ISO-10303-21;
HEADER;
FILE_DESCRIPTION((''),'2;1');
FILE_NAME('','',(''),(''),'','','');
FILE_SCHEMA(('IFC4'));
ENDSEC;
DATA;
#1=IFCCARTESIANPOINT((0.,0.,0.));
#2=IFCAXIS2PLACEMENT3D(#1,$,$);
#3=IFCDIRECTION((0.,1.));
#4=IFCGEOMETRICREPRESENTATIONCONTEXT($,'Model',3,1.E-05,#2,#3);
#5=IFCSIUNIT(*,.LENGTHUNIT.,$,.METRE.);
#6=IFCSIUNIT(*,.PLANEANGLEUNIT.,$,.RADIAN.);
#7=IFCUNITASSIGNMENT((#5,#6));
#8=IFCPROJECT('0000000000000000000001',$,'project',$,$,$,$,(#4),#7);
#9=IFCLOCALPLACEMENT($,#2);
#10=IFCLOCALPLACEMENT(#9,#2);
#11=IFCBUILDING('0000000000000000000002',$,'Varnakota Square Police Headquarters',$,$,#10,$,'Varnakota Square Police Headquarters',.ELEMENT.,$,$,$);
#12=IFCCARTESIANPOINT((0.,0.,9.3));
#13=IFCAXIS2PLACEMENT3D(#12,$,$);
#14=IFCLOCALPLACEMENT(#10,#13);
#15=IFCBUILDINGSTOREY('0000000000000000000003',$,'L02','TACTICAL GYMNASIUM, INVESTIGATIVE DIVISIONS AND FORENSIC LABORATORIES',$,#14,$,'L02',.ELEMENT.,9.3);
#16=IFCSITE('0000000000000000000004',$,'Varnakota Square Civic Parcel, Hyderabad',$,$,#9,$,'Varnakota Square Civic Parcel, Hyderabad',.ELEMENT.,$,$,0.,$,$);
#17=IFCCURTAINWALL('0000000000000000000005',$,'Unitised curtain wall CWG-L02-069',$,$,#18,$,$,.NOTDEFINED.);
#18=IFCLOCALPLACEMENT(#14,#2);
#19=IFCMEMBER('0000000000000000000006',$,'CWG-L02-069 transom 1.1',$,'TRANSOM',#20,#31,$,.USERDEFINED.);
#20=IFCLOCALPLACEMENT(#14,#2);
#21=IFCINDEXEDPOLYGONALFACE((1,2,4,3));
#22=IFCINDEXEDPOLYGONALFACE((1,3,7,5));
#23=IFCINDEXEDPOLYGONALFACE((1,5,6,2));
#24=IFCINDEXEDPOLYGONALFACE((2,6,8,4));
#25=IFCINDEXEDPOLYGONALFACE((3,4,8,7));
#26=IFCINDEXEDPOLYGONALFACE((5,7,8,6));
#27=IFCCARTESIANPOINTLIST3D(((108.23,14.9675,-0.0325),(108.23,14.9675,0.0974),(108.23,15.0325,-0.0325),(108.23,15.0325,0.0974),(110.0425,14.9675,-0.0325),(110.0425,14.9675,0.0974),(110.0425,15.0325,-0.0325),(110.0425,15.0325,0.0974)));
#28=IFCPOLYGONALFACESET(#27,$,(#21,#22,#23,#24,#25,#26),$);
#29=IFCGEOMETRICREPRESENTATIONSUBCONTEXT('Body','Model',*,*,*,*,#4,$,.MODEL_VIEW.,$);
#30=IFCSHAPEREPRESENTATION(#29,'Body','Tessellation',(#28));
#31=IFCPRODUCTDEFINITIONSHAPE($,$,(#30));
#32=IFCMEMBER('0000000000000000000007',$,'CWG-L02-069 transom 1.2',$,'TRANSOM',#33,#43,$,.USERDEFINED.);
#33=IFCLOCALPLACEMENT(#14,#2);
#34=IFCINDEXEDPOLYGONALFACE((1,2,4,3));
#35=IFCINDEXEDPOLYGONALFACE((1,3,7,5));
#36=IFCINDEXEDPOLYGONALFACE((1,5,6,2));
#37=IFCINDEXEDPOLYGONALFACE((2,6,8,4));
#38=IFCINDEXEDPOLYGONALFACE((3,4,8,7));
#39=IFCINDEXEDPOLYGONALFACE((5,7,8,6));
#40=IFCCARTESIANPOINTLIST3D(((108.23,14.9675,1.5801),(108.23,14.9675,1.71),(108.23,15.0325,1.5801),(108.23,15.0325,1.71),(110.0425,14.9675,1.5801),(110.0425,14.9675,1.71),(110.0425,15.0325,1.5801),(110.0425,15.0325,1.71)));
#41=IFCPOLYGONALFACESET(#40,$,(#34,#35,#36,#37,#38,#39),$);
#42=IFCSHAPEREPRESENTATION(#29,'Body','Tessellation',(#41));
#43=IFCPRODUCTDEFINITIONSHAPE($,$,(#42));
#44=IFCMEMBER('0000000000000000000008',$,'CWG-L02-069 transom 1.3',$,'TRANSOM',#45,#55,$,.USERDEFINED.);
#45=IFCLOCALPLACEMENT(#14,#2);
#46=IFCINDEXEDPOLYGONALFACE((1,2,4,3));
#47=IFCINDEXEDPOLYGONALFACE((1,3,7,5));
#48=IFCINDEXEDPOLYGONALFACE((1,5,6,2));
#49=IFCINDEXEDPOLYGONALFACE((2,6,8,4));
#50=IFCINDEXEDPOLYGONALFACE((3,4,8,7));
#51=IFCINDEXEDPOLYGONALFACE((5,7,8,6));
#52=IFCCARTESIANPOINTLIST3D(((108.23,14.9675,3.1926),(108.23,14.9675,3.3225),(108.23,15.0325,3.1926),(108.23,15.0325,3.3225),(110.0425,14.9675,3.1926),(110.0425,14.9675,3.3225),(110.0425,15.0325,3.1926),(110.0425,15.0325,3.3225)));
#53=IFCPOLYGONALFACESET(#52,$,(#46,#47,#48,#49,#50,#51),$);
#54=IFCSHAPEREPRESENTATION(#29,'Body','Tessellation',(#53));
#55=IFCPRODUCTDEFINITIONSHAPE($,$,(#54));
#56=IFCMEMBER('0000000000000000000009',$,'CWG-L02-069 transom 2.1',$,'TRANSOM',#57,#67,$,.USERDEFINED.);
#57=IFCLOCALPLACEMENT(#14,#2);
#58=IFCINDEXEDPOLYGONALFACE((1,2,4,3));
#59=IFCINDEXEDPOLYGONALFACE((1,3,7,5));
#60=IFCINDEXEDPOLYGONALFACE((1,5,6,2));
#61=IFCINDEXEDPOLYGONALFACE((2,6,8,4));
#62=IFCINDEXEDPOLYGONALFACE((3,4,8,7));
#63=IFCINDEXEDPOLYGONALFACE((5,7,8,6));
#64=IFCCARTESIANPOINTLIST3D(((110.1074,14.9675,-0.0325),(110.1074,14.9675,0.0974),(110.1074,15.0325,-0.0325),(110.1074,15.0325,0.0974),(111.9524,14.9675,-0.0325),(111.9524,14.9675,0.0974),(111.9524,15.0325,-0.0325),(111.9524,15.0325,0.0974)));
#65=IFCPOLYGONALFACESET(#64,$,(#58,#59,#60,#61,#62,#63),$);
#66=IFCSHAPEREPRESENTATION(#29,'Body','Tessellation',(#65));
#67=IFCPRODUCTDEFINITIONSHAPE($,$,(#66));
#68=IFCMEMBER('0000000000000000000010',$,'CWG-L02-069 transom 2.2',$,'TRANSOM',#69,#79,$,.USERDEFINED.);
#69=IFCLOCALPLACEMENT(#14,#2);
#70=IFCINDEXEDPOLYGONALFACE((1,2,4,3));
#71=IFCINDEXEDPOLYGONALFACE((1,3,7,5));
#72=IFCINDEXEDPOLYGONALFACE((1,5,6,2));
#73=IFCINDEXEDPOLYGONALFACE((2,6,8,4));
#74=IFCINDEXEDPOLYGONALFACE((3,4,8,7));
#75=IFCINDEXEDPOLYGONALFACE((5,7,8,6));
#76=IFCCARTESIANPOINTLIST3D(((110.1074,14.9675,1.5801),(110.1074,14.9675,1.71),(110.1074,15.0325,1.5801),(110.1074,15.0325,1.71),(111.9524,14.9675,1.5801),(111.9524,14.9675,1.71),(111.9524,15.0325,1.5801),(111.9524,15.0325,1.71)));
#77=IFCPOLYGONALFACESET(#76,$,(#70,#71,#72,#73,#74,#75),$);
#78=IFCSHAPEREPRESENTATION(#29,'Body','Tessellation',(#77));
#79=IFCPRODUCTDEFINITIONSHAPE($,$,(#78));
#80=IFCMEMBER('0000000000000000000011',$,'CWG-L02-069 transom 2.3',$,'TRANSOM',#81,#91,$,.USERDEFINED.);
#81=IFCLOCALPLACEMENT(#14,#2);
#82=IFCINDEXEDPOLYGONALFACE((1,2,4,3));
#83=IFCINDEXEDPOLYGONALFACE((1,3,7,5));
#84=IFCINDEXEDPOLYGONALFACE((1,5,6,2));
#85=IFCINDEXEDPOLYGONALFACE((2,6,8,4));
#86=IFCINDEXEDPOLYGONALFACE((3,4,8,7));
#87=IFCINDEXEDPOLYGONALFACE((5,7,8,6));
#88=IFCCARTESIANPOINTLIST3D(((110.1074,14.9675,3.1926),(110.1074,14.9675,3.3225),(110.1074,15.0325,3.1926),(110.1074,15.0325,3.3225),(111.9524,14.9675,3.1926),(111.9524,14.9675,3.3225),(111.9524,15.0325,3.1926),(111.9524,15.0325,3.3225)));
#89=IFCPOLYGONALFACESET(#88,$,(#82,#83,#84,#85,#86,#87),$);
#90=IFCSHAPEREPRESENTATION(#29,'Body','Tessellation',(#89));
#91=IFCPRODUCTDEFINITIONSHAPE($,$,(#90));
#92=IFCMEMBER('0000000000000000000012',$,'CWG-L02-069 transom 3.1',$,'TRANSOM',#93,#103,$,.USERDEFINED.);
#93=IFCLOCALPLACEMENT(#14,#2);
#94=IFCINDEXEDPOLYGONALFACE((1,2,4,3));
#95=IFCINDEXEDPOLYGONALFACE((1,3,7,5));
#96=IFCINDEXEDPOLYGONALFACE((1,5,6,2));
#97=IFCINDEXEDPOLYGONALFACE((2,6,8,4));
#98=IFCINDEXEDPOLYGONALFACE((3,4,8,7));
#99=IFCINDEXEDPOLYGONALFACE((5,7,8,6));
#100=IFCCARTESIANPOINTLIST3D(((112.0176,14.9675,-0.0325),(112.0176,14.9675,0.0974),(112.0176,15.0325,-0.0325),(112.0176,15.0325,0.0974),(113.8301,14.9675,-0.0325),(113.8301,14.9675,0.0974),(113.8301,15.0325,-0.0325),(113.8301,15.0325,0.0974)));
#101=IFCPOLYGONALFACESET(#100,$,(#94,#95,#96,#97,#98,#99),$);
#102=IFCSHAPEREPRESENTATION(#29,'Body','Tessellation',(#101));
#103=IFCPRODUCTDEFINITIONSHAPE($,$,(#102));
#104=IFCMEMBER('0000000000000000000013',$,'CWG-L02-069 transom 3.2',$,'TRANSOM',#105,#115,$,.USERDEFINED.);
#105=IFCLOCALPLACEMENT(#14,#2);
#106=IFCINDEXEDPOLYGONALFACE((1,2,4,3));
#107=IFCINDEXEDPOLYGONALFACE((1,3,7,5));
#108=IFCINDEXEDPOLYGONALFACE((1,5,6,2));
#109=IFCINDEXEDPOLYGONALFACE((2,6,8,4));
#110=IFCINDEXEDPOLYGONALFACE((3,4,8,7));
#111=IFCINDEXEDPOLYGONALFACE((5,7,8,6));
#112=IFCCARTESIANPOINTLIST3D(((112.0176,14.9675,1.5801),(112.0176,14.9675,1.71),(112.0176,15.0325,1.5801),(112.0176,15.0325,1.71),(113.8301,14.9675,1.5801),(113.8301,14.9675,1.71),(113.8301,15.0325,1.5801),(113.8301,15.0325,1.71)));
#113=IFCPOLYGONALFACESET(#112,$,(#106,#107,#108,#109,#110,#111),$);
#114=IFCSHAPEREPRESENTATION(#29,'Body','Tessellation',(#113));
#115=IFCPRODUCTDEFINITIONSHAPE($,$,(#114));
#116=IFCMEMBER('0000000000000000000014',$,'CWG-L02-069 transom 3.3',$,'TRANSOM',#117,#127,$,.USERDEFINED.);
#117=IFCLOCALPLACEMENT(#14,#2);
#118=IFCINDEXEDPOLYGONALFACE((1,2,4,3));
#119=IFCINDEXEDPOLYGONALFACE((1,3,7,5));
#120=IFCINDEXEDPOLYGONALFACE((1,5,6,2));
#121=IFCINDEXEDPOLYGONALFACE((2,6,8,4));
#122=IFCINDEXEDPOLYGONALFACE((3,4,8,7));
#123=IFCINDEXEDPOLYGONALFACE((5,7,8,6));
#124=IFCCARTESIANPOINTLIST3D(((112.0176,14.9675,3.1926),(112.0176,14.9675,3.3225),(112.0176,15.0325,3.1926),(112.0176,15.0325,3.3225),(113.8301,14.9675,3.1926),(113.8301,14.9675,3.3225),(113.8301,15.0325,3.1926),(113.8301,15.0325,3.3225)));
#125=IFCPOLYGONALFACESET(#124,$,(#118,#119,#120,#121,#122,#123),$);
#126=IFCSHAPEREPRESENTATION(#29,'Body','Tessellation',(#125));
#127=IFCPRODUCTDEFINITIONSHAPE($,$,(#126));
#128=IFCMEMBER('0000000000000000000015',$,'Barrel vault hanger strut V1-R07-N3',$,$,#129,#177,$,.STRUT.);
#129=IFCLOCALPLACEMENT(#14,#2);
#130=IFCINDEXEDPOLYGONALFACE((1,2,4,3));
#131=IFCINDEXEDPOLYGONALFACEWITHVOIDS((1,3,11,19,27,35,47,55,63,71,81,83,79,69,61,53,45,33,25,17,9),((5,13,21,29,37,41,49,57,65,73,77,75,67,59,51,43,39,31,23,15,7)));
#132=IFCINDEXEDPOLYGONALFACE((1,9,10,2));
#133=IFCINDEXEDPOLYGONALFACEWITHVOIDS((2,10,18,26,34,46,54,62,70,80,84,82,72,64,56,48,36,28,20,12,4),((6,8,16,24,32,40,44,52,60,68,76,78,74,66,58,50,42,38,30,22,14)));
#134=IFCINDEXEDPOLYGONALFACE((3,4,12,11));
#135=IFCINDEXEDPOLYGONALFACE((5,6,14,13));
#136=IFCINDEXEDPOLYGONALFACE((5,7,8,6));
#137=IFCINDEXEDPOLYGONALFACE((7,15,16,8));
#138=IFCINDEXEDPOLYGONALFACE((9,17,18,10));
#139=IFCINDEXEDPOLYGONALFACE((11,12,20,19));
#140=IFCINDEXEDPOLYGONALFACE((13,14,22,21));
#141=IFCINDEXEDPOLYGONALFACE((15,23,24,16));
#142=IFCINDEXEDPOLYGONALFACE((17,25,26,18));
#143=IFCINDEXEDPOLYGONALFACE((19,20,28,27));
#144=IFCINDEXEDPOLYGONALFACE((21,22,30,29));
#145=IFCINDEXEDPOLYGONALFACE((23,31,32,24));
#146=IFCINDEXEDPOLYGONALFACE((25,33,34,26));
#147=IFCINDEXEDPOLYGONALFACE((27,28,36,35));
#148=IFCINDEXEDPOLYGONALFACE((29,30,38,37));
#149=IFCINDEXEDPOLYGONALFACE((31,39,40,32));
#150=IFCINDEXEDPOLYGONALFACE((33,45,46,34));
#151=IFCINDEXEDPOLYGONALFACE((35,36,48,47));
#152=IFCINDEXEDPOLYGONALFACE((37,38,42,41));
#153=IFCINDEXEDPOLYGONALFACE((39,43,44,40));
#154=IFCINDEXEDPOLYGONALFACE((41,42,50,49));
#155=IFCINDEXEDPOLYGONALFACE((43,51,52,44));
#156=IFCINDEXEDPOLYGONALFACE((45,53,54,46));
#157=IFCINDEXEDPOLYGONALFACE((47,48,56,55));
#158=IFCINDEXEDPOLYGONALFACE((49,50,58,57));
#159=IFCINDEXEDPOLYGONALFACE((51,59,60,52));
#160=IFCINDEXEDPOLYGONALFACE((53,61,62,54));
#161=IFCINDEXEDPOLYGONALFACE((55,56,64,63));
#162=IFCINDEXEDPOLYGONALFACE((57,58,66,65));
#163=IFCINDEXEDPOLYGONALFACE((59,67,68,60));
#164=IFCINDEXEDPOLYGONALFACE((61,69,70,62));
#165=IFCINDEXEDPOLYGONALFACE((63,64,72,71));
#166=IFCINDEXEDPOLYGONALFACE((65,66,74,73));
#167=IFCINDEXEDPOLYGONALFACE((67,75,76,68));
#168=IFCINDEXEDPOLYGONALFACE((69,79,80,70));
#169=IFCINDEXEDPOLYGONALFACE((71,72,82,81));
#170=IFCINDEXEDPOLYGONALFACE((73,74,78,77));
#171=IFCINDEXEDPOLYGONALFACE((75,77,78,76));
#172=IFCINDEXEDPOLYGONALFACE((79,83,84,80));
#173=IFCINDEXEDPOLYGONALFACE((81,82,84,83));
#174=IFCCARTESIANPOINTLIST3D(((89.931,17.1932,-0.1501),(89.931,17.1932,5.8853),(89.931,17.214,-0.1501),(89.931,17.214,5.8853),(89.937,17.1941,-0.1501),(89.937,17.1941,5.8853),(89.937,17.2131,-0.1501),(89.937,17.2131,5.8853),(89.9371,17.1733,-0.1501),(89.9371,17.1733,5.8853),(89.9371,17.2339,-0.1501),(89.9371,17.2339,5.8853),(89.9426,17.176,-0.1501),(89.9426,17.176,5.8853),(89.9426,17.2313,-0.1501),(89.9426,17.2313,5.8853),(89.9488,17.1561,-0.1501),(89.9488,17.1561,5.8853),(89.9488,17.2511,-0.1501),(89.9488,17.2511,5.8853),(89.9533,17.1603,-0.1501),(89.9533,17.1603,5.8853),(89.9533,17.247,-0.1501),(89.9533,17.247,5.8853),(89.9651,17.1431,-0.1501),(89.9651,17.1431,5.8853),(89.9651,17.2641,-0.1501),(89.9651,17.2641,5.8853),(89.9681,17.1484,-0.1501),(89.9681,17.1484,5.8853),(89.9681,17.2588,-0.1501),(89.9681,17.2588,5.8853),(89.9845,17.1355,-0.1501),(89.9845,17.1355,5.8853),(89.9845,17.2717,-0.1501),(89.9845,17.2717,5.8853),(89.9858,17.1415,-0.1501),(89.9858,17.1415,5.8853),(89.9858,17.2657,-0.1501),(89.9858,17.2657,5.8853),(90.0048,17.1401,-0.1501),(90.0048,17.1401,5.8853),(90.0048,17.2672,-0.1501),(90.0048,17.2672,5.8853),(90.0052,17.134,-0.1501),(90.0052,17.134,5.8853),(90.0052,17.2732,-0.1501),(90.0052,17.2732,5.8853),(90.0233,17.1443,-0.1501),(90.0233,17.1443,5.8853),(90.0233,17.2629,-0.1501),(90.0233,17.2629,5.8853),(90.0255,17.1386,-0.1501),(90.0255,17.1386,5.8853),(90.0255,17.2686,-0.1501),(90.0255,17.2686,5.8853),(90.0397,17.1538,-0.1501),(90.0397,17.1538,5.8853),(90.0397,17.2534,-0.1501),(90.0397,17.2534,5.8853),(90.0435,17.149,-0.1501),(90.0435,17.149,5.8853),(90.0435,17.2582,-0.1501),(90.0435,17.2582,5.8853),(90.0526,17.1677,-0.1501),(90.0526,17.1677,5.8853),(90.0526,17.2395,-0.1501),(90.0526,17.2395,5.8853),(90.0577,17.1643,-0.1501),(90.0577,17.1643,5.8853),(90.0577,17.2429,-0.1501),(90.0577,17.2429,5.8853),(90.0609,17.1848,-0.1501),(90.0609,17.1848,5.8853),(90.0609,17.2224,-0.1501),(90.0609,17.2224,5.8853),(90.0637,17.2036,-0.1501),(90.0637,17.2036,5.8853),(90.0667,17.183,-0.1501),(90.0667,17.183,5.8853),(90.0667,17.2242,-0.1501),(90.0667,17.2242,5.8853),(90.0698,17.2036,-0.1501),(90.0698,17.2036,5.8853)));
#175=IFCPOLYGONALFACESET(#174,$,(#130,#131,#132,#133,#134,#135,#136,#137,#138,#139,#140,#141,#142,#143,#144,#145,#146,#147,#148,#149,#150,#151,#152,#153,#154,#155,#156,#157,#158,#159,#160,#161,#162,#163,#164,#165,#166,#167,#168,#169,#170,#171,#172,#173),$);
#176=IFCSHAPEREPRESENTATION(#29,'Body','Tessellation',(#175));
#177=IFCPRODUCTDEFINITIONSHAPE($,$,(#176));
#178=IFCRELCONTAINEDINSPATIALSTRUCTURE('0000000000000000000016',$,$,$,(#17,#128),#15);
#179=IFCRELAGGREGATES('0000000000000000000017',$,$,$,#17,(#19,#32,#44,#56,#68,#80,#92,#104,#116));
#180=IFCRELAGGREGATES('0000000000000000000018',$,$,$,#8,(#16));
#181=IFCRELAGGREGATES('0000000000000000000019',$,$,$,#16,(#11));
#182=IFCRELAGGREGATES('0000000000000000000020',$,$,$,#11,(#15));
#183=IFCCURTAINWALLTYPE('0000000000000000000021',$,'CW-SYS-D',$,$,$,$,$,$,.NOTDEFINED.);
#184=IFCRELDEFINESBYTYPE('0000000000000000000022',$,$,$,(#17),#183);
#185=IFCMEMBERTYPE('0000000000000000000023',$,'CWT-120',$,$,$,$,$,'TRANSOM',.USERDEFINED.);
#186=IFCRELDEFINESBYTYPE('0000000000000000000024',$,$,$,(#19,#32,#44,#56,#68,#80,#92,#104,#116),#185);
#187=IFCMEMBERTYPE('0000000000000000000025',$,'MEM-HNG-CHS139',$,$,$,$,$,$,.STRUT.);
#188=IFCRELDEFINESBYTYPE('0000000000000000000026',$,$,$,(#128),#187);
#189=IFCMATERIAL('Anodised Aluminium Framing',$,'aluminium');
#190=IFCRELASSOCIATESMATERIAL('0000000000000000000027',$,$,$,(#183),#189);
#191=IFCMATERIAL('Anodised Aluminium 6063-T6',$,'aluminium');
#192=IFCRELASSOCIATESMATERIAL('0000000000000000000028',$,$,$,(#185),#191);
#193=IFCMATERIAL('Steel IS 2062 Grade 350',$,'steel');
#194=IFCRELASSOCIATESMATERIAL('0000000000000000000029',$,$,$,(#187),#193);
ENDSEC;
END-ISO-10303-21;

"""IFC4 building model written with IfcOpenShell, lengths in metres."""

from ifc_helpers import new_model, si_unit, direction, frame, origin, origin_2d, place, context, subcontext, project, spatial, rectangle, hollow_circle, extrude, material, material_profile, profile_set, type_object, element, aggregate, save


model = new_model("IFC4")

# Units and contexts
model_context = context("Model", 3, precision=1e-05, world=origin(), true_north=direction((0.0, 1.0)))
body_context = subcontext(model_context, "Body", "Model", "MODEL_VIEW")
ifc_project = project(units=[si_unit("LENGTHUNIT", "METRE"), si_unit("PLANEANGLEUNIT", "RADIAN")], contexts=[model_context])

# Site, building, storey
site_placement = place(None, origin())
site = spatial("IfcSite", under=ifc_project, at=site_placement, Name="Varnakota Square Civic Parcel, Hyderabad", LongName="Varnakota Square Civic Parcel, Hyderabad", CompositionType="ELEMENT", RefElevation=0.0)
building_placement = place(site_placement, origin())
building = spatial("IfcBuilding", under=site, at=building_placement, Name="Varnakota Square Police Headquarters", LongName="Varnakota Square Police Headquarters", CompositionType="ELEMENT")
storey_placement = place(building_placement, frame((0.0, 0.0, 9.3)))
storey = spatial("IfcBuildingStorey", under=building, at=storey_placement, Name="L02", Description="TACTICAL GYMNASIUM, INVESTIGATIVE DIVISIONS AND FORENSIC LABORATORIES", LongName="L02", CompositionType="ELEMENT", Elevation=9.3)

# Shared definitions
ifc_material_1 = material(Name="Steel IS 2062 Grade 350", Category="steel")

# Curtain wall, members
ifc_material_2 = material(Name="Anodised Aluminium Framing", Category="aluminium")
curtain_wall_type = type_object("IfcCurtainWallType", Name="CW-SYS-D", PredefinedType="NOTDEFINED", material=ifc_material_2)
curtain_wall_placement = place(storey_placement, origin())
curtain_wall = element("IfcCurtainWall", 1, at=curtain_wall_placement, inside=storey, type_object=curtain_wall_type, Name="Unitised curtain wall CWG-L02-069", PredefinedType="NOTDEFINED")
ifc_material_3 = material(Name="Anodised Aluminium 6063-T6", Category="aluminium")
ifc_material_profile_1 = material_profile(ifc_material_3, rectangle(XDim=0.0649, YDim=0.1299, at=origin_2d()), Name="ALU TRANSOM 65x130")
ifc_profile_set_1 = profile_set([ifc_material_profile_1], Name="Anodised Aluminium 6063-T6")
member_type_1 = type_object("IfcMemberType", Name="CWT-120", ElementType="TRANSOM", PredefinedType="USERDEFINED", material=ifc_profile_set_1)
member_1_placement = place(storey_placement, frame((108.23, 15.0, 0.0325), z_axis=(1.0, 0.0, 0.0), x_axis=(0.0, 1.0, 0.0)))
member_1 = element("IfcMember", 2, at=member_1_placement, type_object=member_type_1, Name="CWG-L02-069 transom 1.1", ObjectType="TRANSOM", PredefinedType="USERDEFINED", context=body_context, shape_type="SweptSolid", body=[
    extrude(rectangle(XDim=0.0649, YDim=0.1299, at=origin_2d()), origin(), (0.0, 0.0, 1.0), 1.8125),
])
member_2_placement = place(storey_placement, frame((108.23, 15.0, 1.645), z_axis=(1.0, 0.0, 0.0), x_axis=(0.0, 1.0, 0.0)))
member_2 = element("IfcMember", 3, at=member_2_placement, type_object=member_type_1, Name="CWG-L02-069 transom 1.2", ObjectType="TRANSOM", PredefinedType="USERDEFINED", context=body_context, shape_type="SweptSolid", body=[
    extrude(rectangle(XDim=0.0649, YDim=0.1299, at=origin_2d()), origin(), (0.0, 0.0, 1.0), 1.8125),
])
member_3_placement = place(storey_placement, frame((108.23, 15.0, 3.2576), z_axis=(1.0, 0.0, 0.0), x_axis=(0.0, 1.0, 0.0)))
member_3 = element("IfcMember", 4, at=member_3_placement, type_object=member_type_1, Name="CWG-L02-069 transom 1.3", ObjectType="TRANSOM", PredefinedType="USERDEFINED", context=body_context, shape_type="SweptSolid", body=[
    extrude(rectangle(XDim=0.0649, YDim=0.1299, at=origin_2d()), origin(), (0.0, 0.0, 1.0), 1.8125),
])
member_4_placement = place(storey_placement, frame((110.1074, 15.0, 0.0325), z_axis=(1.0, 0.0, 0.0), x_axis=(0.0, 1.0, 0.0)))
member_4 = element("IfcMember", 5, at=member_4_placement, type_object=member_type_1, Name="CWG-L02-069 transom 2.1", ObjectType="TRANSOM", PredefinedType="USERDEFINED", context=body_context, shape_type="SweptSolid", body=[
    extrude(rectangle(XDim=0.0649, YDim=0.1299, at=origin_2d()), origin(), (0.0, 0.0, 1.0), 1.845),
])
member_5_placement = place(storey_placement, frame((110.1074, 15.0, 1.645), z_axis=(1.0, 0.0, 0.0), x_axis=(0.0, 1.0, 0.0)))
member_5 = element("IfcMember", 6, at=member_5_placement, type_object=member_type_1, Name="CWG-L02-069 transom 2.2", ObjectType="TRANSOM", PredefinedType="USERDEFINED", context=body_context, shape_type="SweptSolid", body=[
    extrude(rectangle(XDim=0.0649, YDim=0.1299, at=origin_2d()), origin(), (0.0, 0.0, 1.0), 1.845),
])
member_6_placement = place(storey_placement, frame((110.1074, 15.0, 3.2576), z_axis=(1.0, 0.0, 0.0), x_axis=(0.0, 1.0, 0.0)))
member_6 = element("IfcMember", 7, at=member_6_placement, type_object=member_type_1, Name="CWG-L02-069 transom 2.3", ObjectType="TRANSOM", PredefinedType="USERDEFINED", context=body_context, shape_type="SweptSolid", body=[
    extrude(rectangle(XDim=0.0649, YDim=0.1299, at=origin_2d()), origin(), (0.0, 0.0, 1.0), 1.845),
])
member_7_placement = place(storey_placement, frame((112.0176, 15.0, 0.0325), z_axis=(1.0, 0.0, 0.0), x_axis=(0.0, 1.0, 0.0)))
member_7 = element("IfcMember", 8, at=member_7_placement, type_object=member_type_1, Name="CWG-L02-069 transom 3.1", ObjectType="TRANSOM", PredefinedType="USERDEFINED", context=body_context, shape_type="SweptSolid", body=[
    extrude(rectangle(XDim=0.0649, YDim=0.1299, at=origin_2d()), origin(), (0.0, 0.0, 1.0), 1.8125),
])
member_8_placement = place(storey_placement, frame((112.0176, 15.0, 1.645), z_axis=(1.0, 0.0, 0.0), x_axis=(0.0, 1.0, 0.0)))
member_8 = element("IfcMember", 9, at=member_8_placement, type_object=member_type_1, Name="CWG-L02-069 transom 3.2", ObjectType="TRANSOM", PredefinedType="USERDEFINED", context=body_context, shape_type="SweptSolid", body=[
    extrude(rectangle(XDim=0.0649, YDim=0.1299, at=origin_2d()), origin(), (0.0, 0.0, 1.0), 1.8125),
])
member_9_placement = place(storey_placement, frame((112.0176, 15.0, 3.2576), z_axis=(1.0, 0.0, 0.0), x_axis=(0.0, 1.0, 0.0)))
member_9 = element("IfcMember", 10, at=member_9_placement, type_object=member_type_1, Name="CWG-L02-069 transom 3.3", ObjectType="TRANSOM", PredefinedType="USERDEFINED", context=body_context, shape_type="SweptSolid", body=[
    extrude(rectangle(XDim=0.0649, YDim=0.1299, at=origin_2d()), origin(), (0.0, 0.0, 1.0), 1.8125),
])

# Member
ifc_material_profile_2 = material_profile(ifc_material_1, hollow_circle(Radius=0.0698, WallThickness=0.0061, at=origin_2d()), Name="CHS 139.7x6.0")
ifc_profile_set_2 = profile_set([ifc_material_profile_2], Name="Steel IS 2062 Grade 350")
member_type_2 = type_object("IfcMemberType", Name="MEM-HNG-CHS139", PredefinedType="STRUT", material=ifc_profile_set_2)
member_10_placement = place(storey_placement, frame((90.0, 17.2036, -0.1501), z_axis=(0.0, 0.0, 1.0), x_axis=(1.0, 0.0, 0.0)))
element("IfcMember", 11, at=member_10_placement, inside=storey, type_object=member_type_2, Name="Barrel vault hanger strut V1-R07-N3", PredefinedType="STRUT", context=body_context, shape_type="SweptSolid", body=[
    extrude(hollow_circle(Radius=0.0698, WallThickness=0.0061, at=origin_2d()), origin(), (0.0, 0.0, 1.0), 6.0354),
])

aggregate(curtain_wall, [member_1, member_2, member_3, member_4, member_5, member_6, member_7, member_8, member_9])

save(model, "model.ifc")
